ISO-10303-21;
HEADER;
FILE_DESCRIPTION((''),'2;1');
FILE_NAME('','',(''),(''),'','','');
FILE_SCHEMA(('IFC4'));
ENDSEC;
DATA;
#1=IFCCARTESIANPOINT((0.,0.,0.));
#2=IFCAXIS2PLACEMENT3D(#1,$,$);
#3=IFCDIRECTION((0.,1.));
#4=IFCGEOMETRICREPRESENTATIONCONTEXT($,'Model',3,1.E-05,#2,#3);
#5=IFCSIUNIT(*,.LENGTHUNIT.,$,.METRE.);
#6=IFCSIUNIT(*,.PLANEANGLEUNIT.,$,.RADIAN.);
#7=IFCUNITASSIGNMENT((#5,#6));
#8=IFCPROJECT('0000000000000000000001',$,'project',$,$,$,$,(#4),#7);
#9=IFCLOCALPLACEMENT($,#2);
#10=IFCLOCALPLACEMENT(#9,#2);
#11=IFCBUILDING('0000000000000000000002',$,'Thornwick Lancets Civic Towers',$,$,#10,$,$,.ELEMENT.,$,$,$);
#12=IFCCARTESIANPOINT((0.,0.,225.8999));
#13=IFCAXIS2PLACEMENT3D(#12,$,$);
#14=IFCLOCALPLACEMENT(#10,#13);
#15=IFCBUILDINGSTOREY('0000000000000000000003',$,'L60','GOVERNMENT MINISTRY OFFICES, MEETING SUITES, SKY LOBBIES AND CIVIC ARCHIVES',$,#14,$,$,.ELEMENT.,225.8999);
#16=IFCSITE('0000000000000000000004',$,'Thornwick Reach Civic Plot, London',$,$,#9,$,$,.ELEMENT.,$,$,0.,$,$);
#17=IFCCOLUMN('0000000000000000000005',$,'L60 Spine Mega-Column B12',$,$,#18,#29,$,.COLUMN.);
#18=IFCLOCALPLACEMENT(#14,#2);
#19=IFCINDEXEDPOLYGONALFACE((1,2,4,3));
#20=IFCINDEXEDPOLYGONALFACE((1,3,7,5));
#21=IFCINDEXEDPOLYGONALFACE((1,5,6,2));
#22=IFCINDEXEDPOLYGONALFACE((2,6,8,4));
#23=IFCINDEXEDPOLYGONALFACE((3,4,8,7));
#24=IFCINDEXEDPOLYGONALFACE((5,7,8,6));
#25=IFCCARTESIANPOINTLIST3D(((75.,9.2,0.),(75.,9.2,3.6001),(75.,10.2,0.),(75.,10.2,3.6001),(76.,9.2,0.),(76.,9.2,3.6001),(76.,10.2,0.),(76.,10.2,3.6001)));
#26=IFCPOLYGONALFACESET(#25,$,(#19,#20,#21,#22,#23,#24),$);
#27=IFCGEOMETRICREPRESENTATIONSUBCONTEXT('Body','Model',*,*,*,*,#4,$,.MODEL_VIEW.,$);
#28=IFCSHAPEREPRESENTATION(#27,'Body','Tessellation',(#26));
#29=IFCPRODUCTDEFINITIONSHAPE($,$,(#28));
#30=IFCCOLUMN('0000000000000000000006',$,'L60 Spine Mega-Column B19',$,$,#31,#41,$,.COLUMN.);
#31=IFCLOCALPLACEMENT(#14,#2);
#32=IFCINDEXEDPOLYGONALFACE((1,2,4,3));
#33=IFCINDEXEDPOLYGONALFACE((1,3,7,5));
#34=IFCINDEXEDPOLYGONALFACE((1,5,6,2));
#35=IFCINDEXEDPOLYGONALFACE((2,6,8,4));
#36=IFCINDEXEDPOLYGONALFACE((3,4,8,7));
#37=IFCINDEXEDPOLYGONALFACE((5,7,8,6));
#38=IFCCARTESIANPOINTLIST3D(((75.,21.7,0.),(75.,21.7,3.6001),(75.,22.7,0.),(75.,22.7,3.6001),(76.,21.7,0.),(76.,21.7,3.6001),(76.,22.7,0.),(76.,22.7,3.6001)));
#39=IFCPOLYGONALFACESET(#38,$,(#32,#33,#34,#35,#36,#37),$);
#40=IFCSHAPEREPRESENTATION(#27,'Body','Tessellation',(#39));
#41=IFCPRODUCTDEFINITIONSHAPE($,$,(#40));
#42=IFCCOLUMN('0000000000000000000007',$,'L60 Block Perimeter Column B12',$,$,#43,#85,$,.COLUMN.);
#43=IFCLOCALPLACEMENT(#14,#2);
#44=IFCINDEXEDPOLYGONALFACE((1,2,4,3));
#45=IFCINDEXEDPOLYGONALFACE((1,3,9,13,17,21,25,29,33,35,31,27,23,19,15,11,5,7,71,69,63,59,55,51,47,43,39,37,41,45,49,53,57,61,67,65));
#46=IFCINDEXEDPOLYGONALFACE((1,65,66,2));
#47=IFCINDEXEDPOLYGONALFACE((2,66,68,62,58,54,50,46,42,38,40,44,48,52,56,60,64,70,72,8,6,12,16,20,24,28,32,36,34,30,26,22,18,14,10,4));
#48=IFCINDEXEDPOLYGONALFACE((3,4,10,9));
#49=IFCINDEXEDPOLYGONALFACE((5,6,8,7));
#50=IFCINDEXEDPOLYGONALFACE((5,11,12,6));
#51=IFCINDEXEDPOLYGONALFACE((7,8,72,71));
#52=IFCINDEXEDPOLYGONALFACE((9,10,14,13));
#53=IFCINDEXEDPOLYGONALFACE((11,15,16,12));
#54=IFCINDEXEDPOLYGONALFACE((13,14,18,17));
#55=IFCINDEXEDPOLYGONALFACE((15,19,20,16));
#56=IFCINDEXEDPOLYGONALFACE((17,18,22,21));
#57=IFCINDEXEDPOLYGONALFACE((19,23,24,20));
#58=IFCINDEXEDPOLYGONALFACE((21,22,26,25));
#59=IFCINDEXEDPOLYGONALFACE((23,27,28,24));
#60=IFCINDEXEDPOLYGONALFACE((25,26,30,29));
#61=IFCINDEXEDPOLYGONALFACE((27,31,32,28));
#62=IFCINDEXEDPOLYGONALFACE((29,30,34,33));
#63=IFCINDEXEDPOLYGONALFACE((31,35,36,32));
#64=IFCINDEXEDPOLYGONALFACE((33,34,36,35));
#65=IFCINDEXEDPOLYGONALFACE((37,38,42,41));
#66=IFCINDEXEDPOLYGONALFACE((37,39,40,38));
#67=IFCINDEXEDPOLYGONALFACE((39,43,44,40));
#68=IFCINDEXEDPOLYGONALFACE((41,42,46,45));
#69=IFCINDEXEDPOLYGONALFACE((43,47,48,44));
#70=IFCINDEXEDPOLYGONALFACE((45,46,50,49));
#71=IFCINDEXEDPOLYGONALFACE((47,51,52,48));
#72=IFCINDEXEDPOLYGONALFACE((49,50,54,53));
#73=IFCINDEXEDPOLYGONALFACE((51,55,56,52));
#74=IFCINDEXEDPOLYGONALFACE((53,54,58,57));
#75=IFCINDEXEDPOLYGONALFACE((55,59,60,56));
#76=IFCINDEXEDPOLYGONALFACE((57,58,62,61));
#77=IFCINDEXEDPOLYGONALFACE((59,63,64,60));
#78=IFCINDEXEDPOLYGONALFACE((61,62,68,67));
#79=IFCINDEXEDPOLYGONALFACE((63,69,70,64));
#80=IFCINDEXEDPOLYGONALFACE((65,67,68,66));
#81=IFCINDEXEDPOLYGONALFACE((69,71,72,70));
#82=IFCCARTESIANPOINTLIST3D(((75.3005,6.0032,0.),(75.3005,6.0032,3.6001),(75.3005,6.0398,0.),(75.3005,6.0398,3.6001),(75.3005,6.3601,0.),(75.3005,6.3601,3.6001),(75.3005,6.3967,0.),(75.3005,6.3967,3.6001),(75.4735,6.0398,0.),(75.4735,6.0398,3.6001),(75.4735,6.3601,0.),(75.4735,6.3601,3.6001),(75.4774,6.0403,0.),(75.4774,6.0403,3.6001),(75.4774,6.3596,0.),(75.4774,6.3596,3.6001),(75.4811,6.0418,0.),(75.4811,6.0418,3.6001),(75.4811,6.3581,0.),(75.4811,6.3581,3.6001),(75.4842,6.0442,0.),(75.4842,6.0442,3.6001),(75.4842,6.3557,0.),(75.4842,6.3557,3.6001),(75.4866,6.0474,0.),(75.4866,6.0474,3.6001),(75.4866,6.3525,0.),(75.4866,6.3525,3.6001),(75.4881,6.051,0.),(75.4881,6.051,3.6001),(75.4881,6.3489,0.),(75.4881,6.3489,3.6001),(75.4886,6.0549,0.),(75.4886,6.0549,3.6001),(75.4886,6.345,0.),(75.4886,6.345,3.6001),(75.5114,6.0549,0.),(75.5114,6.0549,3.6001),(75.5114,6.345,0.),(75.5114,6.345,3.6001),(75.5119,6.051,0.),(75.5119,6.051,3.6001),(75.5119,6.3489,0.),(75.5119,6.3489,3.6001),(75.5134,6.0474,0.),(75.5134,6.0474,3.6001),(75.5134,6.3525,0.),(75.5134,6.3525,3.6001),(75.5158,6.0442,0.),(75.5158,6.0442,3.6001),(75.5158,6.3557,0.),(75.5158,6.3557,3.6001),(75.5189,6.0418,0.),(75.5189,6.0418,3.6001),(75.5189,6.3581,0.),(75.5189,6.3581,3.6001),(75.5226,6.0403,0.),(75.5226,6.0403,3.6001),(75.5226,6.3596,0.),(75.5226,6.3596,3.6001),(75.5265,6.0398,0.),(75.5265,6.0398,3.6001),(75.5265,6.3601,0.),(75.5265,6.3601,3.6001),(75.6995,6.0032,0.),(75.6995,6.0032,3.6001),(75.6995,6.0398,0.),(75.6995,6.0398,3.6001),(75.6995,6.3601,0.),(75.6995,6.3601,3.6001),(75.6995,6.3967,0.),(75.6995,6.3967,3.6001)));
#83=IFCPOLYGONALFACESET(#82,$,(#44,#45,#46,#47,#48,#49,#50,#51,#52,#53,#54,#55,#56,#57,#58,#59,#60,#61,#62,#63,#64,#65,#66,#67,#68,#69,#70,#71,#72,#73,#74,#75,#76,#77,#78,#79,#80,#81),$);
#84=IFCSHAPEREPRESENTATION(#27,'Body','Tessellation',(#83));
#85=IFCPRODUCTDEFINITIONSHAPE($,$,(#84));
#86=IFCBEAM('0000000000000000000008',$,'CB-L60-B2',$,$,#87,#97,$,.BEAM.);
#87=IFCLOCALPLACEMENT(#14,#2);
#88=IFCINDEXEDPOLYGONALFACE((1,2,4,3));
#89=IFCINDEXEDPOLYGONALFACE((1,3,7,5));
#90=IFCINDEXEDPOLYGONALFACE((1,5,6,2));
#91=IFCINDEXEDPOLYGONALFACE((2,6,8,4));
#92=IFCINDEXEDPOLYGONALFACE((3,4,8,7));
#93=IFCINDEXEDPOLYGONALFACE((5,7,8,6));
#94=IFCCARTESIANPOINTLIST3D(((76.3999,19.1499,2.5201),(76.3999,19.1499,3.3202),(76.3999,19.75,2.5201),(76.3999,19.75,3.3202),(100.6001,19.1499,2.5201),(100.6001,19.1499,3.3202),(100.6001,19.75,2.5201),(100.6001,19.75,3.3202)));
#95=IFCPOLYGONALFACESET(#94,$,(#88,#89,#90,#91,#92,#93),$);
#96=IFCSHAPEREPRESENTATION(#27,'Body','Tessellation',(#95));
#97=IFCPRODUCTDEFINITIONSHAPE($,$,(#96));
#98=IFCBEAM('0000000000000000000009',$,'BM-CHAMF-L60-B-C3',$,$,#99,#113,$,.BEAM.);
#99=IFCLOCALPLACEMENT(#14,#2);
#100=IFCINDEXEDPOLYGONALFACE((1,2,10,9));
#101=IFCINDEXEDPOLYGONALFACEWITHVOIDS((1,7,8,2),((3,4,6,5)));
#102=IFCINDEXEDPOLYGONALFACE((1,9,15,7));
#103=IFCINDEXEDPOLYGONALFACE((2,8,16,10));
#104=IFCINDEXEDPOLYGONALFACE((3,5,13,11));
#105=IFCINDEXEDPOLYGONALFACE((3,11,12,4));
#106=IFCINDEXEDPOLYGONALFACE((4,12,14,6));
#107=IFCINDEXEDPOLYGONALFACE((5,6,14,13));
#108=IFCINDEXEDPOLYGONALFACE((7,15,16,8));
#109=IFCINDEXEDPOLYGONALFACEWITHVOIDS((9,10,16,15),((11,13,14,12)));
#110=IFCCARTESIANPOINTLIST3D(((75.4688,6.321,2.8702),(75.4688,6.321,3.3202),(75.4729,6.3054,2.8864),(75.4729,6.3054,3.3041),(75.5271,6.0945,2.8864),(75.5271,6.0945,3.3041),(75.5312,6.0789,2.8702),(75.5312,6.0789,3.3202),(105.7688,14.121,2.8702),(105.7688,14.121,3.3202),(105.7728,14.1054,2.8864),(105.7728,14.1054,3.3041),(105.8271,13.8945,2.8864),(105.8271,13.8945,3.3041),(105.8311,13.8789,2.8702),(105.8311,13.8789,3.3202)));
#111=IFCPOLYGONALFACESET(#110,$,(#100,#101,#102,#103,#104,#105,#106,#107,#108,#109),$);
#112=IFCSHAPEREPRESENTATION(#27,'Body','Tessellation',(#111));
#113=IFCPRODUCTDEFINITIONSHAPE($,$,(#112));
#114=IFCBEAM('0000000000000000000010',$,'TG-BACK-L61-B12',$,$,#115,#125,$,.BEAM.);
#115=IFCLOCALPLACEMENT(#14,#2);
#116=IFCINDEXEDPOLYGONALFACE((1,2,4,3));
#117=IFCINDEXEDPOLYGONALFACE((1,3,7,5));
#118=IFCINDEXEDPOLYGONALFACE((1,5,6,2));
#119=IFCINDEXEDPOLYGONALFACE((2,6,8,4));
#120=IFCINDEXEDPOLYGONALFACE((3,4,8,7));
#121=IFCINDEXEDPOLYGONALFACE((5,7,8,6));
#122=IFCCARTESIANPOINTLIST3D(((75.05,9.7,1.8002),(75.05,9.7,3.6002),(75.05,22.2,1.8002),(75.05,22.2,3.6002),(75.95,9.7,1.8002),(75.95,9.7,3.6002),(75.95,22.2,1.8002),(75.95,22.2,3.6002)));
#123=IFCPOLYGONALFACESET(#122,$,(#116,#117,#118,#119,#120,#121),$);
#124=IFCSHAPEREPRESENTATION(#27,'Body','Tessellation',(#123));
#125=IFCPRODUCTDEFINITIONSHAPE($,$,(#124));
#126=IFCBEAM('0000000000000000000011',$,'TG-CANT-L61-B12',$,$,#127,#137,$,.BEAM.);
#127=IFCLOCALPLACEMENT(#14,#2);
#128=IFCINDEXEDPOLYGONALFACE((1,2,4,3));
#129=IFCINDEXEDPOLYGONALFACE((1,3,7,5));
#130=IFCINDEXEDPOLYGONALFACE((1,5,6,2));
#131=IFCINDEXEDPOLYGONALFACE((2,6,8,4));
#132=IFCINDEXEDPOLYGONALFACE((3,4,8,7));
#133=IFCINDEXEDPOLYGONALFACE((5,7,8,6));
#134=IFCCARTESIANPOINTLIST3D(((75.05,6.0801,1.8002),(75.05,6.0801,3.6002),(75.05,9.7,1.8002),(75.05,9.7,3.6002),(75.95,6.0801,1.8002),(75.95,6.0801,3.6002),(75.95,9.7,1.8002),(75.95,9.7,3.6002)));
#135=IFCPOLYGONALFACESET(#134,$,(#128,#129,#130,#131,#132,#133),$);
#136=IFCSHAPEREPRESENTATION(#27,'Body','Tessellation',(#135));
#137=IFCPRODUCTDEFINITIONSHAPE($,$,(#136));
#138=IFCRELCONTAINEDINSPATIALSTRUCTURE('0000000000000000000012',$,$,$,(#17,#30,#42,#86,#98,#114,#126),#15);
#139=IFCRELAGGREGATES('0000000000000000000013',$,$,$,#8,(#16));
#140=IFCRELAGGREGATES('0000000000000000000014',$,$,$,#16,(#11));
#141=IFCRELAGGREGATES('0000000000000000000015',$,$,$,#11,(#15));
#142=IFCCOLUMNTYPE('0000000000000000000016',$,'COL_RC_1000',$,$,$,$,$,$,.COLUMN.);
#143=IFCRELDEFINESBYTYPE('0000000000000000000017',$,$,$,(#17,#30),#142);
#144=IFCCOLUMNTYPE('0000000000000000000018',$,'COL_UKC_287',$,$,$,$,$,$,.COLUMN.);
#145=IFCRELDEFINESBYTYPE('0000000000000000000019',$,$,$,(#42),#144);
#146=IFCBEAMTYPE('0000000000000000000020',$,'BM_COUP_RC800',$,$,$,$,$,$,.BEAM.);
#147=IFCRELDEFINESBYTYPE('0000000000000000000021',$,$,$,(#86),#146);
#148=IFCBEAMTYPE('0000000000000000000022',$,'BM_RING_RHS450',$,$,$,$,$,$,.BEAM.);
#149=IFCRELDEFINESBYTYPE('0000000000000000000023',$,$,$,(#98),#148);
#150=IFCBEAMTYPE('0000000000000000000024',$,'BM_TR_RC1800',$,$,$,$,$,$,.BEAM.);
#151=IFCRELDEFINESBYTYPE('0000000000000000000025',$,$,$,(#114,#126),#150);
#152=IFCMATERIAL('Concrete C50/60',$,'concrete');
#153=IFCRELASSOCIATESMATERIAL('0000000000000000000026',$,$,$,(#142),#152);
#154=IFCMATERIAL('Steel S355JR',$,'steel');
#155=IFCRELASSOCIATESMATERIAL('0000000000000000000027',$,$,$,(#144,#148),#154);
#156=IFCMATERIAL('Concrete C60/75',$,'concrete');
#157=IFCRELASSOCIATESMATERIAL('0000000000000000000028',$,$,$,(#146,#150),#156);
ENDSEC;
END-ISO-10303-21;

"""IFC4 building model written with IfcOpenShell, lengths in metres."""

from ifc_helpers import new_model, si_unit, direction, frame, origin, origin_2d, place, context, subcontext, project, spatial, rectangle, hollow_rectangle, i_section, extrude, material, material_profile, profile_set, type_object, element, save


model = new_model("IFC4")

# Units and contexts
model_context = context("Model", 3, precision=1e-05, world=origin(), true_north=direction((0.0, 1.0)))
body_context = subcontext(model_context, "Body", "Model", "MODEL_VIEW")
ifc_project = project(units=[si_unit("LENGTHUNIT", "METRE"), si_unit("PLANEANGLEUNIT", "RADIAN")], contexts=[model_context])

# Site, building, storey
site_placement = place(None, origin())
site = spatial("IfcSite", under=ifc_project, at=site_placement, Name="Thornwick Reach Civic Plot, London", CompositionType="ELEMENT", RefElevation=0.0)
building_placement = place(site_placement, origin())
building = spatial("IfcBuilding", under=site, at=building_placement, Name="Thornwick Lancets Civic Towers", CompositionType="ELEMENT")
storey_placement = place(building_placement, frame((0.0, 0.0, 225.8999)))
storey = spatial("IfcBuildingStorey", under=building, at=storey_placement, Name="L60", Description="GOVERNMENT MINISTRY OFFICES, MEETING SUITES, SKY LOBBIES AND CIVIC ARCHIVES", CompositionType="ELEMENT", Elevation=225.8999)

# Columns
ifc_material_1 = material(Name="Concrete C50/60", Category="concrete")
ifc_material_profile_1 = material_profile(ifc_material_1, rectangle(XDim=1.0, YDim=1.0, at=origin_2d()), Name="RC 1000x1000")
ifc_profile_set_1 = profile_set([ifc_material_profile_1], Name="Concrete C50/60")
column_type_1 = type_object("IfcColumnType", Name="COL_RC_1000", PredefinedType="COLUMN", material=ifc_profile_set_1)
for number, where, z_axis, x_axis, name in (
    (1, (75.5, 9.7, 0.0), (0.0, 0.0, 1.0), (1.0, 0.0, 0.0), "L60 Spine Mega-Column B12"),
    (2, (75.5, 22.2, 0.0), (0.0, 0.0, 1.0), (1.0, 0.0, 0.0), "L60 Spine Mega-Column B19"),
):
    element("IfcColumn", number, at=place(storey_placement, frame(where, z_axis=z_axis, x_axis=x_axis)), inside=storey, type_object=column_type_1, Name=name, PredefinedType="COLUMN", context=body_context, shape_type="SweptSolid", body=[
        extrude(rectangle(XDim=1.0, YDim=1.0, at=origin_2d()), origin(), (0.0, 0.0, 1.0), 3.6001),
    ])
ifc_material_2 = material(Name="Steel S355JR", Category="steel")
ifc_material_profile_2 = material_profile(ifc_material_2, i_section(OverallWidth=0.3989, OverallDepth=0.3936, WebThickness=0.0227, FlangeThickness=0.0366, FilletRadius=0.0151, at=origin_2d()), Name="UKC 356x406x287")
ifc_profile_set_2 = profile_set([ifc_material_profile_2], Name="Steel S355JR")
column_type_2 = type_object("IfcColumnType", Name="COL_UKC_287", PredefinedType="COLUMN", material=ifc_profile_set_2)
column_placement = place(storey_placement, frame((75.5, 6.2, 0.0), z_axis=(0.0, 0.0, 1.0), x_axis=(1.0, 0.0, 0.0)))
element("IfcColumn", 3, at=column_placement, inside=storey, type_object=column_type_2, Name="L60 Block Perimeter Column B12", PredefinedType="COLUMN", context=body_context, shape_type="SweptSolid", body=[
    extrude(i_section(OverallWidth=0.3989, OverallDepth=0.3936, WebThickness=0.0227, FlangeThickness=0.0366, FilletRadius=0.0151, at=origin_2d()), origin(), (0.0, 0.0, 1.0), 3.6001),
])

# Beams
ifc_material_3 = material(Name="Concrete C60/75", Category="concrete")
ifc_material_profile_3 = material_profile(ifc_material_3, rectangle(XDim=0.6001, YDim=0.8, at=origin_2d()), Name="RC 600x800")
ifc_profile_set_3 = profile_set([ifc_material_profile_3], Name="Concrete C60/75")
beam_type_1 = type_object("IfcBeamType", Name="BM_COUP_RC800", PredefinedType="BEAM", material=ifc_profile_set_3)
beam_1_placement = place(storey_placement, frame((76.3999, 19.45, 2.9202), z_axis=(1.0, 0.0, 0.0), x_axis=(0.0, 1.0, 0.0)))
element("IfcBeam", 4, at=beam_1_placement, inside=storey, type_object=beam_type_1, Name="CB-L60-B2", PredefinedType="BEAM", context=body_context, shape_type="SweptSolid", body=[
    extrude(rectangle(XDim=0.6001, YDim=0.8, at=origin_2d()), origin(), (0.0, 0.0, 1.0), 24.2002),
])
ifc_material_profile_4 = material_profile(ifc_material_2, hollow_rectangle(XDim=0.25, YDim=0.45, WallThickness=0.0161, at=origin_2d()), Name="RHS 450x250x16")
ifc_profile_set_4 = profile_set([ifc_material_profile_4], Name="Steel S355JR")
beam_type_2 = type_object("IfcBeamType", Name="BM_RING_RHS450", PredefinedType="BEAM", material=ifc_profile_set_4)
beam_2_placement = place(storey_placement, frame((75.5, 6.2, 3.0952), z_axis=(0.968427, 0.249299, 0.0), x_axis=(-0.249299, 0.968427, 0.0)))
element("IfcBeam", 5, at=beam_2_placement, inside=storey, type_object=beam_type_2, Name="BM-CHAMF-L60-B-C3", PredefinedType="BEAM", context=body_context, shape_type="SweptSolid", body=[
    extrude(hollow_rectangle(XDim=0.25, YDim=0.45, WallThickness=0.0161, at=origin_2d()), origin(), (0.0, 0.0, 1.0), 31.2878),
])
ifc_material_profile_5 = material_profile(ifc_material_3, rectangle(XDim=0.8999, YDim=1.8, at=origin_2d()), Name="RC 900x1800")
ifc_profile_set_5 = profile_set([ifc_material_profile_5], Name="Concrete C60/75")
beam_type_3 = type_object("IfcBeamType", Name="BM_TR_RC1800", PredefinedType="BEAM", material=ifc_profile_set_5)
beam_3_placement = place(storey_placement, frame((75.5, 22.2, 2.7002), z_axis=(0.0, -1.0, 0.0), x_axis=(1.0, 0.0, 0.0)))
element("IfcBeam", 6, at=beam_3_placement, inside=storey, type_object=beam_type_3, Name="TG-BACK-L61-B12", PredefinedType="BEAM", context=body_context, shape_type="SweptSolid", body=[
    extrude(rectangle(XDim=0.8999, YDim=1.8, at=origin_2d()), origin(), (0.0, 0.0, 1.0), 12.5),
])
beam_4_placement = place(storey_placement, frame((75.5, 9.7, 2.7002), z_axis=(0.0, -1.0, 0.0), x_axis=(1.0, 0.0, 0.0)))
element("IfcBeam", 7, at=beam_4_placement, inside=storey, type_object=beam_type_3, Name="TG-CANT-L61-B12", PredefinedType="BEAM", context=body_context, shape_type="SweptSolid", body=[
    extrude(rectangle(XDim=0.8999, YDim=1.8, at=origin_2d()), origin(), (0.0, 0.0, 1.0), 3.6199),
])

save(model, "model.ifc")
